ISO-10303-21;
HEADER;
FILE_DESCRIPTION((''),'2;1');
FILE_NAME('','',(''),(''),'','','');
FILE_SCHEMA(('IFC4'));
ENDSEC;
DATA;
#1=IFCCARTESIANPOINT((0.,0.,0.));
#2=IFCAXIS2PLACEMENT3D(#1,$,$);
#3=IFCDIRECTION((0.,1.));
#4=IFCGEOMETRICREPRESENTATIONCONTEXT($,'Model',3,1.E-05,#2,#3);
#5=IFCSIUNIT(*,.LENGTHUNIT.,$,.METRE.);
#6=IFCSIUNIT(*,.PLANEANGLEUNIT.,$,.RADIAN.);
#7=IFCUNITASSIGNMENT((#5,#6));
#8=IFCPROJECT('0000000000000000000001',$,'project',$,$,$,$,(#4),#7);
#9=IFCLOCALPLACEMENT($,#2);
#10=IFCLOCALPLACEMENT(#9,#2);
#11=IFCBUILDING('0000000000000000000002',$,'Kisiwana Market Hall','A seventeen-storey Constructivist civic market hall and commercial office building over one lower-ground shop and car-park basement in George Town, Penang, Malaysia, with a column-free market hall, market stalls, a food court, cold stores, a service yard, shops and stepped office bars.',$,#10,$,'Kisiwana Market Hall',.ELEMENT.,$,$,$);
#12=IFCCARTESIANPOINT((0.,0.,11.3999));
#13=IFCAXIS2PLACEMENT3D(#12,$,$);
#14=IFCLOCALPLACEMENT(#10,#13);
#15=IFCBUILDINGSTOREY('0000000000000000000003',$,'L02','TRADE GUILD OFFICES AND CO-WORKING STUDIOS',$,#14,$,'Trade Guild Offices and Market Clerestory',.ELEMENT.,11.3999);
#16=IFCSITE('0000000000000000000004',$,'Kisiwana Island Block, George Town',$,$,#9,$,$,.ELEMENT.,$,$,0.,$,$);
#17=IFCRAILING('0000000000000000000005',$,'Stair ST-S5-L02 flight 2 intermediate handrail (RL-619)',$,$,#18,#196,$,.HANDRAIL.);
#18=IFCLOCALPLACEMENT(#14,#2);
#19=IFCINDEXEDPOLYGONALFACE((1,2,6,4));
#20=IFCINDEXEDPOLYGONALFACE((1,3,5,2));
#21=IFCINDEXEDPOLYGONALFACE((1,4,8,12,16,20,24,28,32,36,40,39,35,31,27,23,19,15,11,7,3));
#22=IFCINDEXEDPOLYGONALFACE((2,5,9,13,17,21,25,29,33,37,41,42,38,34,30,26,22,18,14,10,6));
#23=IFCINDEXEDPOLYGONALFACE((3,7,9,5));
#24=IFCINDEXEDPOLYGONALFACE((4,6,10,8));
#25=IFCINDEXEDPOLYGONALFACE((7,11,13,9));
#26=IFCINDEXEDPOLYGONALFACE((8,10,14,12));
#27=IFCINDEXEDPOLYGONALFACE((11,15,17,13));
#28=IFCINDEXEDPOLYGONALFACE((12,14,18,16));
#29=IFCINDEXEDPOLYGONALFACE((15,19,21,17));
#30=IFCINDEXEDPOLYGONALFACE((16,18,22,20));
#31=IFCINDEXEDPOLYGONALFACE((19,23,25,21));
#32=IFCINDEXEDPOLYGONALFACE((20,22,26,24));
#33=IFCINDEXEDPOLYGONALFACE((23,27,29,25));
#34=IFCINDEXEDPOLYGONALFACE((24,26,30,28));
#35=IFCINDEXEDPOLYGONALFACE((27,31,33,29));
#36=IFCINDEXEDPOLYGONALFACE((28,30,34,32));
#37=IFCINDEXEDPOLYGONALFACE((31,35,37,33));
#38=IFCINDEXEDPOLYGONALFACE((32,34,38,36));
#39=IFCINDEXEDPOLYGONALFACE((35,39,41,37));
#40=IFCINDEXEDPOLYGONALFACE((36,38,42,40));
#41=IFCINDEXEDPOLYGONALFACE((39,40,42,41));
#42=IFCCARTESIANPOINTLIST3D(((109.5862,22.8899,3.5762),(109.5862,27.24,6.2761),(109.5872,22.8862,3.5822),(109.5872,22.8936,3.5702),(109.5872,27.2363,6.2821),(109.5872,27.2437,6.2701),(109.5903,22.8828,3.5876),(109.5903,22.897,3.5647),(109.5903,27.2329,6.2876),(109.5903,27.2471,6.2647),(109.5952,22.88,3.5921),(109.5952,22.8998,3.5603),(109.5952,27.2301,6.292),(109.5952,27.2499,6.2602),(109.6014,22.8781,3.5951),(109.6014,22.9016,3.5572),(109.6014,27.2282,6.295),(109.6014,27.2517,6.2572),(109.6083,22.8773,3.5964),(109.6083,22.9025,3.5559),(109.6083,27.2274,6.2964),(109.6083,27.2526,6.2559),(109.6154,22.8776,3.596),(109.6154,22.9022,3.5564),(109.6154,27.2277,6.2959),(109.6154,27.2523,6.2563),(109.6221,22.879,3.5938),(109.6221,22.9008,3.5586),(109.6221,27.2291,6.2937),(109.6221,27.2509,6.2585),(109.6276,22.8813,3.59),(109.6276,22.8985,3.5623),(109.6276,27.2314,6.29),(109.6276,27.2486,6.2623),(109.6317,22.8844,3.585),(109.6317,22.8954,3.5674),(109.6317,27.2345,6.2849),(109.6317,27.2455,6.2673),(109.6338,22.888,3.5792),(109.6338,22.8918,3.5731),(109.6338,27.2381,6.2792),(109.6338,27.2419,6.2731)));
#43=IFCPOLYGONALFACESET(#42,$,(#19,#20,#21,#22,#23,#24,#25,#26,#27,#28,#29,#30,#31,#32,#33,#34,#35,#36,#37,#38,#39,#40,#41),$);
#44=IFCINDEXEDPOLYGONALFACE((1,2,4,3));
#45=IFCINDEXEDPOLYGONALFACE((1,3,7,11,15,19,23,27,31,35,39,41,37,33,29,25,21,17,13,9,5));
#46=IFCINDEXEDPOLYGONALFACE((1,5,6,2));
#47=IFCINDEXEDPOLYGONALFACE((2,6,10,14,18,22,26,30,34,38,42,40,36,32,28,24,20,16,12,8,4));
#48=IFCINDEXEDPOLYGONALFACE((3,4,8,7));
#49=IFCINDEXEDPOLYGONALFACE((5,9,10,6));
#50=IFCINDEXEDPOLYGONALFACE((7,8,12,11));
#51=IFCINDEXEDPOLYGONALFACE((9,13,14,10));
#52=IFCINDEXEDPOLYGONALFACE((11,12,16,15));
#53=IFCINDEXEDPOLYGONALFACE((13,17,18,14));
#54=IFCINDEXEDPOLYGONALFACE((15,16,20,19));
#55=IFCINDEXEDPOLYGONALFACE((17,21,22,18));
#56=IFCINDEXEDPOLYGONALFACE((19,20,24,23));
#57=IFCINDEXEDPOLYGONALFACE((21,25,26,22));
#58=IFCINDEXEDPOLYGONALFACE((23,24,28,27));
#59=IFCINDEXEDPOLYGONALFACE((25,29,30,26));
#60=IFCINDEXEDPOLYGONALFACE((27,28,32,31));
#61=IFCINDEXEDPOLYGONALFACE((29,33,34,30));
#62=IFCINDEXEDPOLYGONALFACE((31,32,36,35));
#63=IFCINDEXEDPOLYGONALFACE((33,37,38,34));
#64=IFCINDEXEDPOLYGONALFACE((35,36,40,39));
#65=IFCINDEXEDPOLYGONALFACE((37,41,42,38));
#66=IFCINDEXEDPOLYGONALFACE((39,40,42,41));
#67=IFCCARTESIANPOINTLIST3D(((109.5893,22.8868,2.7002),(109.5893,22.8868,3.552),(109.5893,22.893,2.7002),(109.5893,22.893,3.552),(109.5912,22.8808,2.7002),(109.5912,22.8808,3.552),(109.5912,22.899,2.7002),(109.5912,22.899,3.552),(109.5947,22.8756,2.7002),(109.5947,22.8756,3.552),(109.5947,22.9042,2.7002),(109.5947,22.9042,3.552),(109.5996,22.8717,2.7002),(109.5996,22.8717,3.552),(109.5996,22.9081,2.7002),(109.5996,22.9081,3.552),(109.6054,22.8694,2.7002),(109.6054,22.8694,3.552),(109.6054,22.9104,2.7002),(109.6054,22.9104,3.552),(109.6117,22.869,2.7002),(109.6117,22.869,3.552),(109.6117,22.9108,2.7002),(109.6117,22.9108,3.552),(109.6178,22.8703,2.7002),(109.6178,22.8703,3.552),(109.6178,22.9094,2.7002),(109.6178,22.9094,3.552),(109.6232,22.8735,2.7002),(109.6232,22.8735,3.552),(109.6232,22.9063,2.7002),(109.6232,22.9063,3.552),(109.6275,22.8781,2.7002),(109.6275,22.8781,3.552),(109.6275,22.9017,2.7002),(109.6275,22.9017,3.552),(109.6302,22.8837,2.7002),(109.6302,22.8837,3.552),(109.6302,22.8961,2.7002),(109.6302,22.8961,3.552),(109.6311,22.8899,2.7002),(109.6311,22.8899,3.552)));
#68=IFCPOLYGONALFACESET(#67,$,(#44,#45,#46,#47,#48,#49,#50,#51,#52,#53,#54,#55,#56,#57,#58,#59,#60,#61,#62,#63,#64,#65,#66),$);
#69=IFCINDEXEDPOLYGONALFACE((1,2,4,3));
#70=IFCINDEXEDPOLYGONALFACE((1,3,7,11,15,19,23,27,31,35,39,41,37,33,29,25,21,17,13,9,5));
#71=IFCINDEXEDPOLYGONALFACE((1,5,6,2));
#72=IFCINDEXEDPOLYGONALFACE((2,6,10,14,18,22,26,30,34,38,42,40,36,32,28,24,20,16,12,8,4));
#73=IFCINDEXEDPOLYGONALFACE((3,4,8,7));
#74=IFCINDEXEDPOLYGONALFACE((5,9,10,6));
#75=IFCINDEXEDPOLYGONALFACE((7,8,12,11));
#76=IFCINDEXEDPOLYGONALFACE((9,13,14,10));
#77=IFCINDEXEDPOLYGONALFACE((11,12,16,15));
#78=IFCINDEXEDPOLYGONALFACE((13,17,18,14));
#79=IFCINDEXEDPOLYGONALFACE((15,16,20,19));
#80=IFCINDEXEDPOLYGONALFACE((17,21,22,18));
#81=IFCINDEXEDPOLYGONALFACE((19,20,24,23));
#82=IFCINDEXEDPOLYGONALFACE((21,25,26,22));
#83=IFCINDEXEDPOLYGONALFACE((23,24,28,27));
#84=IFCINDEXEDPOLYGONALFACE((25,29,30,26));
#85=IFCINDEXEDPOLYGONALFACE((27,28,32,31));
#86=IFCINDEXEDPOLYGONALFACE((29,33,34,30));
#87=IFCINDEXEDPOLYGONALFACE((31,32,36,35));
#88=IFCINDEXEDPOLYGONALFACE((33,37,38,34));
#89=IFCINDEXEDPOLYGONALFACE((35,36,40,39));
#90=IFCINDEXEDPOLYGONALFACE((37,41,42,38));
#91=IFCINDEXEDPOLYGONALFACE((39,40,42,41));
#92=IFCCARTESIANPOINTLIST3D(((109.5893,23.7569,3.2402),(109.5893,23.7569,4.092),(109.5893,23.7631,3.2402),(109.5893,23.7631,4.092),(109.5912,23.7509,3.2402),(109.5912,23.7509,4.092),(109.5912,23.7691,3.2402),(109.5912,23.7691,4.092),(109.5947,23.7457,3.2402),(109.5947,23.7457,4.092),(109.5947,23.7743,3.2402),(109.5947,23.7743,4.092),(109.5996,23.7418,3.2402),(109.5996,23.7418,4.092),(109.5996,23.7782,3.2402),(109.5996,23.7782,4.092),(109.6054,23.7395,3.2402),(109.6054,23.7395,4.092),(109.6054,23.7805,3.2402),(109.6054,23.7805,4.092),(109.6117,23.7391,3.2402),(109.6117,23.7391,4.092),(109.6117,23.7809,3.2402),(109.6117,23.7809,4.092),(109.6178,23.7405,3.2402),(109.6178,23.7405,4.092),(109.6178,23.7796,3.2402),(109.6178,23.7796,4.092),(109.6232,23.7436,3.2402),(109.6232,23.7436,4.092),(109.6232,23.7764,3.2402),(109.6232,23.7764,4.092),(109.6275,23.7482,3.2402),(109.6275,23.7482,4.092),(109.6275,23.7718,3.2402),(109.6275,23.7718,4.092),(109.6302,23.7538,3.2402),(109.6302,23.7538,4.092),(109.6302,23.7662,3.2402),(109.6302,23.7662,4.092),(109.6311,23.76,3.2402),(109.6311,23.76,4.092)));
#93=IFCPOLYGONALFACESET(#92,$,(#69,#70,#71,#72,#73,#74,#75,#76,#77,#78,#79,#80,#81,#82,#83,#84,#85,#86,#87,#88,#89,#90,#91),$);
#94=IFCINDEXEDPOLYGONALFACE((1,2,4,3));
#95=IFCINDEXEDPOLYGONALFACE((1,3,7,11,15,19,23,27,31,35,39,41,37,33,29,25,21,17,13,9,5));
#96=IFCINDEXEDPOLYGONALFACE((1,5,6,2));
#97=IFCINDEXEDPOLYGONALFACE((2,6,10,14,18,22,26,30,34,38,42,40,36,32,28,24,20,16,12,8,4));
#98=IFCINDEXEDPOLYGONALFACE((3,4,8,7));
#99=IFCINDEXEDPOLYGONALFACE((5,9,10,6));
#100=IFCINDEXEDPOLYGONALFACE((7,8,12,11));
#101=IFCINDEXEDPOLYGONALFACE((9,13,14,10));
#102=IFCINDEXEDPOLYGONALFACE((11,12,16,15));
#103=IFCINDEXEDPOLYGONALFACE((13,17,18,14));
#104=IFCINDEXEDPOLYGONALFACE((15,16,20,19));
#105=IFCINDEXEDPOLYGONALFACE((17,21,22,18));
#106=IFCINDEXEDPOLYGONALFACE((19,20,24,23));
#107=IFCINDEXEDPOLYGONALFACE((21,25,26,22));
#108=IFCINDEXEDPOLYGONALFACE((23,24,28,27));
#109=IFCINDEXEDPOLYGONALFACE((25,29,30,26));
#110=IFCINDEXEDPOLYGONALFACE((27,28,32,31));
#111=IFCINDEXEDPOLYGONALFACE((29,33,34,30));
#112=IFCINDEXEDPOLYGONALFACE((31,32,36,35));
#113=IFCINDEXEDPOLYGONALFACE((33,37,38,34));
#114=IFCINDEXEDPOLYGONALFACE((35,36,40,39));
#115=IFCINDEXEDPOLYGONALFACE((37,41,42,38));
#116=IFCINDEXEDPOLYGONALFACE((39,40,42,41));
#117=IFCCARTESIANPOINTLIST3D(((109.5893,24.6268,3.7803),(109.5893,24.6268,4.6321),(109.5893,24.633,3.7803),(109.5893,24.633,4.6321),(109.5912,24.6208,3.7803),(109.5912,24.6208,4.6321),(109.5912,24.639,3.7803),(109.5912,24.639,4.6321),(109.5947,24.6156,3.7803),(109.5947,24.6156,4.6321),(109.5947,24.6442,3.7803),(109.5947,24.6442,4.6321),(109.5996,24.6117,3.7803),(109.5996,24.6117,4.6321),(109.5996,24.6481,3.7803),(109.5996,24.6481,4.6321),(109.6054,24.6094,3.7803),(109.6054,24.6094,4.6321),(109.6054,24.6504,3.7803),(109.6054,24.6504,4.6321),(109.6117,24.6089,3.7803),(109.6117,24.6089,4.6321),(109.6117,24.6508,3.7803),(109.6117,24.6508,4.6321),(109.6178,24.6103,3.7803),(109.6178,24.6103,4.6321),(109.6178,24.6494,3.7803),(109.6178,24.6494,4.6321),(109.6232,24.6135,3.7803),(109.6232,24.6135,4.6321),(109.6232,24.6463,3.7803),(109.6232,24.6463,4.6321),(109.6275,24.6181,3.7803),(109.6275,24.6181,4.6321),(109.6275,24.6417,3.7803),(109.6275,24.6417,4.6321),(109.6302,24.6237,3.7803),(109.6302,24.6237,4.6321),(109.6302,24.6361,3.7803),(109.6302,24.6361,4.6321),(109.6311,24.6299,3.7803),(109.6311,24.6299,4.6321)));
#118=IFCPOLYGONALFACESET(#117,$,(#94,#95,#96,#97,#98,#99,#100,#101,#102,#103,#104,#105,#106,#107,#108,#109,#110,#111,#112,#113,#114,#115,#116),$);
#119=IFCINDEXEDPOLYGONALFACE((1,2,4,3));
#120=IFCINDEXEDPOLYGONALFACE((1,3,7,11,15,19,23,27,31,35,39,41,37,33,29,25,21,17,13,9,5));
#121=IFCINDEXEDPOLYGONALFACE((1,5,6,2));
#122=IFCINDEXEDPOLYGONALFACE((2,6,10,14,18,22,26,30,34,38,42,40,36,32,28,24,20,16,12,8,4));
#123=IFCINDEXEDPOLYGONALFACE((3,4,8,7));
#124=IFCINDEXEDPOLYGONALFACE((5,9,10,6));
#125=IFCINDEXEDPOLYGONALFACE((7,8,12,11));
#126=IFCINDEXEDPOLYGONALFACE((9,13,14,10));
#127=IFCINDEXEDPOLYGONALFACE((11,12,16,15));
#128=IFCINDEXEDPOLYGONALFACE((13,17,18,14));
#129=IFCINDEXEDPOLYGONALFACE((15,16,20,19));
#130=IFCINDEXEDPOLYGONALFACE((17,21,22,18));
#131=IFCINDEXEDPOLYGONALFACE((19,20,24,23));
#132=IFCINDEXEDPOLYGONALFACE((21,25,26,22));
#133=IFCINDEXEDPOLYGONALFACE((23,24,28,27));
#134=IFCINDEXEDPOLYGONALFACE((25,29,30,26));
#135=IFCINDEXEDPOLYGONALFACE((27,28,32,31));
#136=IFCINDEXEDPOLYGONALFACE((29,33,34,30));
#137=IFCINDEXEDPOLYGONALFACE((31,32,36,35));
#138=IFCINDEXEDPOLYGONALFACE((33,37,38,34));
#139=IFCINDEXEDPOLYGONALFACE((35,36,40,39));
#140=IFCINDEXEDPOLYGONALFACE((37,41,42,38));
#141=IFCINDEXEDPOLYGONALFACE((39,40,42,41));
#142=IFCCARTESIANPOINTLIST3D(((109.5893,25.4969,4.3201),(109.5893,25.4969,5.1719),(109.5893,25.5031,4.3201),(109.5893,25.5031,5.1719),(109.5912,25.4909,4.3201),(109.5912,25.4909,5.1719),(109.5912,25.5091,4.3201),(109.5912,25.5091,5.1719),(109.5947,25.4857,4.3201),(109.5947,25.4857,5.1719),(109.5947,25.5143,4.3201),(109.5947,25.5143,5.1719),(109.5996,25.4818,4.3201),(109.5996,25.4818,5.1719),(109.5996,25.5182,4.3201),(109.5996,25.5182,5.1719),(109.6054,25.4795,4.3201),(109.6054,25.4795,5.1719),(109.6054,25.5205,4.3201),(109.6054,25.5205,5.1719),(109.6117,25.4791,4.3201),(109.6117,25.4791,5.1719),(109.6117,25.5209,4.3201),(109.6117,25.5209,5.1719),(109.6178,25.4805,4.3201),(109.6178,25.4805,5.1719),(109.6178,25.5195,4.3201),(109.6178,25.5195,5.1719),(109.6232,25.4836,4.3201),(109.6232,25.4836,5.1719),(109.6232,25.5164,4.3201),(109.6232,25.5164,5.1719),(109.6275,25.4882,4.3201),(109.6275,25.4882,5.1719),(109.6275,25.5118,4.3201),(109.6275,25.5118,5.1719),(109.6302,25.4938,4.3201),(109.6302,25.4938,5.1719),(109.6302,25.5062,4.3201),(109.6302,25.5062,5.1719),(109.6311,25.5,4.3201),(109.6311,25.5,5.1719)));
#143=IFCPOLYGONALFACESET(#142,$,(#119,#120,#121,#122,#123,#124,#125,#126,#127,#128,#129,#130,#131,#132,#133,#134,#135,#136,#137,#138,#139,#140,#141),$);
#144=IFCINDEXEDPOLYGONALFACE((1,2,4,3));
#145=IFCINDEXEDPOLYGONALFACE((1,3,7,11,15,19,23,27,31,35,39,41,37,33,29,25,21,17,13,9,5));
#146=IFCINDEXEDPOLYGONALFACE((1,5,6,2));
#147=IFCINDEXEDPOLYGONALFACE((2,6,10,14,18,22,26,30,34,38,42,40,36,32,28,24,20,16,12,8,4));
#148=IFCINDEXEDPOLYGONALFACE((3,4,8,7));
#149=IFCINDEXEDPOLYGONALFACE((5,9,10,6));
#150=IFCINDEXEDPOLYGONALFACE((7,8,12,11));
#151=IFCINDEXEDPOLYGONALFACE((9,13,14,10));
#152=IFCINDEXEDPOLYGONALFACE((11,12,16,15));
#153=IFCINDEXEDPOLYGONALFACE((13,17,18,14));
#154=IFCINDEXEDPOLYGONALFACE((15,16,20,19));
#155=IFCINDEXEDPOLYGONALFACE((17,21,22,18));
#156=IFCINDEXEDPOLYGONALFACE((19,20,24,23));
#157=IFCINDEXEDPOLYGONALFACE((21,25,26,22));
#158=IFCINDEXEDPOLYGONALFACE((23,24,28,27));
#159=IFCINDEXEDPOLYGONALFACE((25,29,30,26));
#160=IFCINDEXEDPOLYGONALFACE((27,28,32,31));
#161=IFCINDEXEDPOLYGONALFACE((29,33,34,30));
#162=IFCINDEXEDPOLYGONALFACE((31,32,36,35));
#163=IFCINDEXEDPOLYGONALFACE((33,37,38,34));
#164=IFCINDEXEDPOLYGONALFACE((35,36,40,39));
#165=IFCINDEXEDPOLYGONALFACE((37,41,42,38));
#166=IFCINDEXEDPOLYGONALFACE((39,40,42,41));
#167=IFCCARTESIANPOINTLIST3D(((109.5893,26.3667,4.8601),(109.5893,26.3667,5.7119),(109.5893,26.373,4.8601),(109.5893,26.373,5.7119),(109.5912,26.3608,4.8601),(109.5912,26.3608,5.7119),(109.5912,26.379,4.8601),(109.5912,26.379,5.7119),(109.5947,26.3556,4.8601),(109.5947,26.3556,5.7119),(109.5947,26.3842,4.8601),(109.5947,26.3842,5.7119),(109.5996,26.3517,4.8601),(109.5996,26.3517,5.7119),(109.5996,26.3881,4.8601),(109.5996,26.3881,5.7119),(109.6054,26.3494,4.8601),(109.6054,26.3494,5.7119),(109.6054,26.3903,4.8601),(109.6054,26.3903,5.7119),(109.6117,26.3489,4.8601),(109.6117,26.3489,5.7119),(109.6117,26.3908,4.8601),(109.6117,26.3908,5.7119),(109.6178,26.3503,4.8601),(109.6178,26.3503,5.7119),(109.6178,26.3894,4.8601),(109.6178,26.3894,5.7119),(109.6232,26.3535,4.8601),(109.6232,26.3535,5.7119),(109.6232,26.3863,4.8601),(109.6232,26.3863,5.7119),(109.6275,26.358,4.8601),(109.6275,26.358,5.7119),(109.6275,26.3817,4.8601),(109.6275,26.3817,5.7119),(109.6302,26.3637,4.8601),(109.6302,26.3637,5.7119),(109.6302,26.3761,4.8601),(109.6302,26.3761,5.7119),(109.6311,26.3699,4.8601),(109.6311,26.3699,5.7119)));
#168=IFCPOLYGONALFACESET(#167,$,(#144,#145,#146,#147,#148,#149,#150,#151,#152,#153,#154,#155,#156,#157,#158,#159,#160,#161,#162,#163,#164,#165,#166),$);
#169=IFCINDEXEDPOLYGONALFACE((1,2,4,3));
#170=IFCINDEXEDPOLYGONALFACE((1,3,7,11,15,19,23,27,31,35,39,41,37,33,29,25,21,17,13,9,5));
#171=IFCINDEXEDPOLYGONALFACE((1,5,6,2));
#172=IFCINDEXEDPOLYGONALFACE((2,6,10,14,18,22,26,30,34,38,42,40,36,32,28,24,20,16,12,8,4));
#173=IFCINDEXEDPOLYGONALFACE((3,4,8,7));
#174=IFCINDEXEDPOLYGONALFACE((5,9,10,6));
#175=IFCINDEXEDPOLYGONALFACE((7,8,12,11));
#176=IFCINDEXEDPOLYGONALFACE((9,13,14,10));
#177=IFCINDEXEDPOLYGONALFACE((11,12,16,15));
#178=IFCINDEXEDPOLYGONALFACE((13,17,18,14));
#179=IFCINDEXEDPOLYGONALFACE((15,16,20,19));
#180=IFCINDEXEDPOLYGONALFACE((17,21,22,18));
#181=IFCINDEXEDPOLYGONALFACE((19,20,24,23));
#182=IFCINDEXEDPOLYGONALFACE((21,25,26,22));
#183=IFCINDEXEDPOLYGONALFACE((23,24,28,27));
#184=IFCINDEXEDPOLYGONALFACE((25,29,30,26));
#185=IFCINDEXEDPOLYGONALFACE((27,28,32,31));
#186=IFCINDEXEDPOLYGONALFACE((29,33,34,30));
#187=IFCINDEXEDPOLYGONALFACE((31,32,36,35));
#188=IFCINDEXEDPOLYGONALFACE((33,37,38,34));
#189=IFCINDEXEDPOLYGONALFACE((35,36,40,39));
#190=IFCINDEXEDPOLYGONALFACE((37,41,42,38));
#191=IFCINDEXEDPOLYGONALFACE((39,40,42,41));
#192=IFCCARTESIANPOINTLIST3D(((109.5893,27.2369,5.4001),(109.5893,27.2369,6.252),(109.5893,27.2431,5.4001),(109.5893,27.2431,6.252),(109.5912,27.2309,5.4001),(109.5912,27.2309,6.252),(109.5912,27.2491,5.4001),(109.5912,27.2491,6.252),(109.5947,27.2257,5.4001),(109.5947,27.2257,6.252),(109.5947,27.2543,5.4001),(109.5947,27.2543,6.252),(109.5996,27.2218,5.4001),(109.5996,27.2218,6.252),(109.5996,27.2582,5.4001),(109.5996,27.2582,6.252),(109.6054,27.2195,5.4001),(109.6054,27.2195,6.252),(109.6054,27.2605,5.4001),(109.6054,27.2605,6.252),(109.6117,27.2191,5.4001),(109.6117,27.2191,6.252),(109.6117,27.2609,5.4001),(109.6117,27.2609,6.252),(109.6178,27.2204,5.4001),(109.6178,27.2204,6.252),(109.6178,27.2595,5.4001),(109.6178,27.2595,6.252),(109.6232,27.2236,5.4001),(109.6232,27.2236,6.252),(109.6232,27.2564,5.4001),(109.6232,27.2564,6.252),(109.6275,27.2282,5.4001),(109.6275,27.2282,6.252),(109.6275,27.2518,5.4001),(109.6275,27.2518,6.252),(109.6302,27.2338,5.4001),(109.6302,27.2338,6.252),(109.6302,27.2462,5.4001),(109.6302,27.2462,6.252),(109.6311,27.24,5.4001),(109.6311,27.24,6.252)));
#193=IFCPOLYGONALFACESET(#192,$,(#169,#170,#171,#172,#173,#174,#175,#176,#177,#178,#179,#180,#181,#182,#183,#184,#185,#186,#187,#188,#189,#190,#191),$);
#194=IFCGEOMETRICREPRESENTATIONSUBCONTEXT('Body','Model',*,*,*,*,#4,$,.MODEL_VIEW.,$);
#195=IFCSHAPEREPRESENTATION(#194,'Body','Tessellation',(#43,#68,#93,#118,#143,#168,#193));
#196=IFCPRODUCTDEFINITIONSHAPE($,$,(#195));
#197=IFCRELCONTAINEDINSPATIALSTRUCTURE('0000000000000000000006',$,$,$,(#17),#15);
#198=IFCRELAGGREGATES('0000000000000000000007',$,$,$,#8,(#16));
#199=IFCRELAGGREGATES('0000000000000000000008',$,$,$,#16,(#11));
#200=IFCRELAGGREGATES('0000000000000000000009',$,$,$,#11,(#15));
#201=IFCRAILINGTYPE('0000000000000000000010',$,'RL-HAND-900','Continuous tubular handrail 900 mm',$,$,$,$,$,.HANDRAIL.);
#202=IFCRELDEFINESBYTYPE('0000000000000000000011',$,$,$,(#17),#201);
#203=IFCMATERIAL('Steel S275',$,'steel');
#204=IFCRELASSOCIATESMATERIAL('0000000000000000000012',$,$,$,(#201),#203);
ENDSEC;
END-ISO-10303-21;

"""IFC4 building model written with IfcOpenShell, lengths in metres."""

from ifc_helpers import new_model, si_unit, direction, frame, origin, origin_2d, place, context, subcontext, project, spatial, circle, extrude, material, type_object, element, save


model = new_model("IFC4")

# Units and contexts
model_context = context("Model", 3, precision=1e-05, world=origin(), true_north=direction((0.0, 1.0)))
body_context = subcontext(model_context, "Body", "Model", "MODEL_VIEW")
ifc_project = project(units=[si_unit("LENGTHUNIT", "METRE"), si_unit("PLANEANGLEUNIT", "RADIAN")], contexts=[model_context])

# Site, building, storey
site_placement = place(None, origin())
site = spatial("IfcSite", under=ifc_project, at=site_placement, Name="Kisiwana Island Block, George Town", CompositionType="ELEMENT", RefElevation=0.0)
building_placement = place(site_placement, origin())
building = spatial("IfcBuilding", under=site, at=building_placement, Name="Kisiwana Market Hall", Description="A seventeen-storey Constructivist civic market hall and commercial office building over one lower-ground shop and car-park basement in George Town, Penang, Malaysia, with a column-free market hall, market stalls, a food court, cold stores, a service yard, shops and stepped office bars.", LongName="Kisiwana Market Hall", CompositionType="ELEMENT")
storey_placement = place(building_placement, frame((0.0, 0.0, 11.3999)))
storey = spatial("IfcBuildingStorey", under=building, at=storey_placement, Name="L02", Description="TRADE GUILD OFFICES AND CO-WORKING STUDIOS", LongName="Trade Guild Offices and Market Clerestory", CompositionType="ELEMENT", Elevation=11.3999)

# Railing
ifc_material_1 = material(Name="Steel S275", Category="steel")
railing_type_1 = type_object("IfcRailingType", Name="RL-HAND-900", Description="Continuous tubular handrail 900 mm", PredefinedType="HANDRAIL", material=ifc_material_1)
for number, where, name in (
    (1, (109.6101, 22.8899, 2.7002), "Stair ST-S5-L02 flight 2 intermediate handrail (RL-619)"),
):
    element("IfcRailing", number, at=place(storey_placement, frame(where)), inside=storey, type_object=railing_type_1, Name=name, PredefinedType="HANDRAIL", context=body_context, shape_type="SweptSolid", body=[
        extrude(circle(Radius=0.0239, at=origin_2d()), frame((0.0, 0.0, 0.876), z_axis=(0.0, 0.84965, 0.527347), x_axis=(-1.0, 0.0, 0.0)), (0.0, 0.0, 1.0), 5.1199),
        extrude(circle(Radius=0.021, at=origin_2d()), origin(), (0.0, 0.0, 1.0), 0.8518),
        extrude(circle(Radius=0.021, at=origin_2d()), frame((0.0, 0.8701, 0.54)), (0.0, 0.0, 1.0), 0.8518),
        extrude(circle(Radius=0.021, at=origin_2d()), frame((0.0, 1.74, 1.0801)), (0.0, 0.0, 1.0), 0.8518),
        extrude(circle(Radius=0.021, at=origin_2d()), frame((0.0, 2.6101, 1.6199)), (0.0, 0.0, 1.0), 0.8518),
        extrude(circle(Radius=0.021, at=origin_2d()), frame((0.0, 3.48, 2.1599)), (0.0, 0.0, 1.0), 0.8518),
        extrude(circle(Radius=0.021, at=origin_2d()), frame((0.0, 4.3501, 2.7)), (0.0, 0.0, 1.0), 0.8518),
    ])

save(model, "model.ifc")
